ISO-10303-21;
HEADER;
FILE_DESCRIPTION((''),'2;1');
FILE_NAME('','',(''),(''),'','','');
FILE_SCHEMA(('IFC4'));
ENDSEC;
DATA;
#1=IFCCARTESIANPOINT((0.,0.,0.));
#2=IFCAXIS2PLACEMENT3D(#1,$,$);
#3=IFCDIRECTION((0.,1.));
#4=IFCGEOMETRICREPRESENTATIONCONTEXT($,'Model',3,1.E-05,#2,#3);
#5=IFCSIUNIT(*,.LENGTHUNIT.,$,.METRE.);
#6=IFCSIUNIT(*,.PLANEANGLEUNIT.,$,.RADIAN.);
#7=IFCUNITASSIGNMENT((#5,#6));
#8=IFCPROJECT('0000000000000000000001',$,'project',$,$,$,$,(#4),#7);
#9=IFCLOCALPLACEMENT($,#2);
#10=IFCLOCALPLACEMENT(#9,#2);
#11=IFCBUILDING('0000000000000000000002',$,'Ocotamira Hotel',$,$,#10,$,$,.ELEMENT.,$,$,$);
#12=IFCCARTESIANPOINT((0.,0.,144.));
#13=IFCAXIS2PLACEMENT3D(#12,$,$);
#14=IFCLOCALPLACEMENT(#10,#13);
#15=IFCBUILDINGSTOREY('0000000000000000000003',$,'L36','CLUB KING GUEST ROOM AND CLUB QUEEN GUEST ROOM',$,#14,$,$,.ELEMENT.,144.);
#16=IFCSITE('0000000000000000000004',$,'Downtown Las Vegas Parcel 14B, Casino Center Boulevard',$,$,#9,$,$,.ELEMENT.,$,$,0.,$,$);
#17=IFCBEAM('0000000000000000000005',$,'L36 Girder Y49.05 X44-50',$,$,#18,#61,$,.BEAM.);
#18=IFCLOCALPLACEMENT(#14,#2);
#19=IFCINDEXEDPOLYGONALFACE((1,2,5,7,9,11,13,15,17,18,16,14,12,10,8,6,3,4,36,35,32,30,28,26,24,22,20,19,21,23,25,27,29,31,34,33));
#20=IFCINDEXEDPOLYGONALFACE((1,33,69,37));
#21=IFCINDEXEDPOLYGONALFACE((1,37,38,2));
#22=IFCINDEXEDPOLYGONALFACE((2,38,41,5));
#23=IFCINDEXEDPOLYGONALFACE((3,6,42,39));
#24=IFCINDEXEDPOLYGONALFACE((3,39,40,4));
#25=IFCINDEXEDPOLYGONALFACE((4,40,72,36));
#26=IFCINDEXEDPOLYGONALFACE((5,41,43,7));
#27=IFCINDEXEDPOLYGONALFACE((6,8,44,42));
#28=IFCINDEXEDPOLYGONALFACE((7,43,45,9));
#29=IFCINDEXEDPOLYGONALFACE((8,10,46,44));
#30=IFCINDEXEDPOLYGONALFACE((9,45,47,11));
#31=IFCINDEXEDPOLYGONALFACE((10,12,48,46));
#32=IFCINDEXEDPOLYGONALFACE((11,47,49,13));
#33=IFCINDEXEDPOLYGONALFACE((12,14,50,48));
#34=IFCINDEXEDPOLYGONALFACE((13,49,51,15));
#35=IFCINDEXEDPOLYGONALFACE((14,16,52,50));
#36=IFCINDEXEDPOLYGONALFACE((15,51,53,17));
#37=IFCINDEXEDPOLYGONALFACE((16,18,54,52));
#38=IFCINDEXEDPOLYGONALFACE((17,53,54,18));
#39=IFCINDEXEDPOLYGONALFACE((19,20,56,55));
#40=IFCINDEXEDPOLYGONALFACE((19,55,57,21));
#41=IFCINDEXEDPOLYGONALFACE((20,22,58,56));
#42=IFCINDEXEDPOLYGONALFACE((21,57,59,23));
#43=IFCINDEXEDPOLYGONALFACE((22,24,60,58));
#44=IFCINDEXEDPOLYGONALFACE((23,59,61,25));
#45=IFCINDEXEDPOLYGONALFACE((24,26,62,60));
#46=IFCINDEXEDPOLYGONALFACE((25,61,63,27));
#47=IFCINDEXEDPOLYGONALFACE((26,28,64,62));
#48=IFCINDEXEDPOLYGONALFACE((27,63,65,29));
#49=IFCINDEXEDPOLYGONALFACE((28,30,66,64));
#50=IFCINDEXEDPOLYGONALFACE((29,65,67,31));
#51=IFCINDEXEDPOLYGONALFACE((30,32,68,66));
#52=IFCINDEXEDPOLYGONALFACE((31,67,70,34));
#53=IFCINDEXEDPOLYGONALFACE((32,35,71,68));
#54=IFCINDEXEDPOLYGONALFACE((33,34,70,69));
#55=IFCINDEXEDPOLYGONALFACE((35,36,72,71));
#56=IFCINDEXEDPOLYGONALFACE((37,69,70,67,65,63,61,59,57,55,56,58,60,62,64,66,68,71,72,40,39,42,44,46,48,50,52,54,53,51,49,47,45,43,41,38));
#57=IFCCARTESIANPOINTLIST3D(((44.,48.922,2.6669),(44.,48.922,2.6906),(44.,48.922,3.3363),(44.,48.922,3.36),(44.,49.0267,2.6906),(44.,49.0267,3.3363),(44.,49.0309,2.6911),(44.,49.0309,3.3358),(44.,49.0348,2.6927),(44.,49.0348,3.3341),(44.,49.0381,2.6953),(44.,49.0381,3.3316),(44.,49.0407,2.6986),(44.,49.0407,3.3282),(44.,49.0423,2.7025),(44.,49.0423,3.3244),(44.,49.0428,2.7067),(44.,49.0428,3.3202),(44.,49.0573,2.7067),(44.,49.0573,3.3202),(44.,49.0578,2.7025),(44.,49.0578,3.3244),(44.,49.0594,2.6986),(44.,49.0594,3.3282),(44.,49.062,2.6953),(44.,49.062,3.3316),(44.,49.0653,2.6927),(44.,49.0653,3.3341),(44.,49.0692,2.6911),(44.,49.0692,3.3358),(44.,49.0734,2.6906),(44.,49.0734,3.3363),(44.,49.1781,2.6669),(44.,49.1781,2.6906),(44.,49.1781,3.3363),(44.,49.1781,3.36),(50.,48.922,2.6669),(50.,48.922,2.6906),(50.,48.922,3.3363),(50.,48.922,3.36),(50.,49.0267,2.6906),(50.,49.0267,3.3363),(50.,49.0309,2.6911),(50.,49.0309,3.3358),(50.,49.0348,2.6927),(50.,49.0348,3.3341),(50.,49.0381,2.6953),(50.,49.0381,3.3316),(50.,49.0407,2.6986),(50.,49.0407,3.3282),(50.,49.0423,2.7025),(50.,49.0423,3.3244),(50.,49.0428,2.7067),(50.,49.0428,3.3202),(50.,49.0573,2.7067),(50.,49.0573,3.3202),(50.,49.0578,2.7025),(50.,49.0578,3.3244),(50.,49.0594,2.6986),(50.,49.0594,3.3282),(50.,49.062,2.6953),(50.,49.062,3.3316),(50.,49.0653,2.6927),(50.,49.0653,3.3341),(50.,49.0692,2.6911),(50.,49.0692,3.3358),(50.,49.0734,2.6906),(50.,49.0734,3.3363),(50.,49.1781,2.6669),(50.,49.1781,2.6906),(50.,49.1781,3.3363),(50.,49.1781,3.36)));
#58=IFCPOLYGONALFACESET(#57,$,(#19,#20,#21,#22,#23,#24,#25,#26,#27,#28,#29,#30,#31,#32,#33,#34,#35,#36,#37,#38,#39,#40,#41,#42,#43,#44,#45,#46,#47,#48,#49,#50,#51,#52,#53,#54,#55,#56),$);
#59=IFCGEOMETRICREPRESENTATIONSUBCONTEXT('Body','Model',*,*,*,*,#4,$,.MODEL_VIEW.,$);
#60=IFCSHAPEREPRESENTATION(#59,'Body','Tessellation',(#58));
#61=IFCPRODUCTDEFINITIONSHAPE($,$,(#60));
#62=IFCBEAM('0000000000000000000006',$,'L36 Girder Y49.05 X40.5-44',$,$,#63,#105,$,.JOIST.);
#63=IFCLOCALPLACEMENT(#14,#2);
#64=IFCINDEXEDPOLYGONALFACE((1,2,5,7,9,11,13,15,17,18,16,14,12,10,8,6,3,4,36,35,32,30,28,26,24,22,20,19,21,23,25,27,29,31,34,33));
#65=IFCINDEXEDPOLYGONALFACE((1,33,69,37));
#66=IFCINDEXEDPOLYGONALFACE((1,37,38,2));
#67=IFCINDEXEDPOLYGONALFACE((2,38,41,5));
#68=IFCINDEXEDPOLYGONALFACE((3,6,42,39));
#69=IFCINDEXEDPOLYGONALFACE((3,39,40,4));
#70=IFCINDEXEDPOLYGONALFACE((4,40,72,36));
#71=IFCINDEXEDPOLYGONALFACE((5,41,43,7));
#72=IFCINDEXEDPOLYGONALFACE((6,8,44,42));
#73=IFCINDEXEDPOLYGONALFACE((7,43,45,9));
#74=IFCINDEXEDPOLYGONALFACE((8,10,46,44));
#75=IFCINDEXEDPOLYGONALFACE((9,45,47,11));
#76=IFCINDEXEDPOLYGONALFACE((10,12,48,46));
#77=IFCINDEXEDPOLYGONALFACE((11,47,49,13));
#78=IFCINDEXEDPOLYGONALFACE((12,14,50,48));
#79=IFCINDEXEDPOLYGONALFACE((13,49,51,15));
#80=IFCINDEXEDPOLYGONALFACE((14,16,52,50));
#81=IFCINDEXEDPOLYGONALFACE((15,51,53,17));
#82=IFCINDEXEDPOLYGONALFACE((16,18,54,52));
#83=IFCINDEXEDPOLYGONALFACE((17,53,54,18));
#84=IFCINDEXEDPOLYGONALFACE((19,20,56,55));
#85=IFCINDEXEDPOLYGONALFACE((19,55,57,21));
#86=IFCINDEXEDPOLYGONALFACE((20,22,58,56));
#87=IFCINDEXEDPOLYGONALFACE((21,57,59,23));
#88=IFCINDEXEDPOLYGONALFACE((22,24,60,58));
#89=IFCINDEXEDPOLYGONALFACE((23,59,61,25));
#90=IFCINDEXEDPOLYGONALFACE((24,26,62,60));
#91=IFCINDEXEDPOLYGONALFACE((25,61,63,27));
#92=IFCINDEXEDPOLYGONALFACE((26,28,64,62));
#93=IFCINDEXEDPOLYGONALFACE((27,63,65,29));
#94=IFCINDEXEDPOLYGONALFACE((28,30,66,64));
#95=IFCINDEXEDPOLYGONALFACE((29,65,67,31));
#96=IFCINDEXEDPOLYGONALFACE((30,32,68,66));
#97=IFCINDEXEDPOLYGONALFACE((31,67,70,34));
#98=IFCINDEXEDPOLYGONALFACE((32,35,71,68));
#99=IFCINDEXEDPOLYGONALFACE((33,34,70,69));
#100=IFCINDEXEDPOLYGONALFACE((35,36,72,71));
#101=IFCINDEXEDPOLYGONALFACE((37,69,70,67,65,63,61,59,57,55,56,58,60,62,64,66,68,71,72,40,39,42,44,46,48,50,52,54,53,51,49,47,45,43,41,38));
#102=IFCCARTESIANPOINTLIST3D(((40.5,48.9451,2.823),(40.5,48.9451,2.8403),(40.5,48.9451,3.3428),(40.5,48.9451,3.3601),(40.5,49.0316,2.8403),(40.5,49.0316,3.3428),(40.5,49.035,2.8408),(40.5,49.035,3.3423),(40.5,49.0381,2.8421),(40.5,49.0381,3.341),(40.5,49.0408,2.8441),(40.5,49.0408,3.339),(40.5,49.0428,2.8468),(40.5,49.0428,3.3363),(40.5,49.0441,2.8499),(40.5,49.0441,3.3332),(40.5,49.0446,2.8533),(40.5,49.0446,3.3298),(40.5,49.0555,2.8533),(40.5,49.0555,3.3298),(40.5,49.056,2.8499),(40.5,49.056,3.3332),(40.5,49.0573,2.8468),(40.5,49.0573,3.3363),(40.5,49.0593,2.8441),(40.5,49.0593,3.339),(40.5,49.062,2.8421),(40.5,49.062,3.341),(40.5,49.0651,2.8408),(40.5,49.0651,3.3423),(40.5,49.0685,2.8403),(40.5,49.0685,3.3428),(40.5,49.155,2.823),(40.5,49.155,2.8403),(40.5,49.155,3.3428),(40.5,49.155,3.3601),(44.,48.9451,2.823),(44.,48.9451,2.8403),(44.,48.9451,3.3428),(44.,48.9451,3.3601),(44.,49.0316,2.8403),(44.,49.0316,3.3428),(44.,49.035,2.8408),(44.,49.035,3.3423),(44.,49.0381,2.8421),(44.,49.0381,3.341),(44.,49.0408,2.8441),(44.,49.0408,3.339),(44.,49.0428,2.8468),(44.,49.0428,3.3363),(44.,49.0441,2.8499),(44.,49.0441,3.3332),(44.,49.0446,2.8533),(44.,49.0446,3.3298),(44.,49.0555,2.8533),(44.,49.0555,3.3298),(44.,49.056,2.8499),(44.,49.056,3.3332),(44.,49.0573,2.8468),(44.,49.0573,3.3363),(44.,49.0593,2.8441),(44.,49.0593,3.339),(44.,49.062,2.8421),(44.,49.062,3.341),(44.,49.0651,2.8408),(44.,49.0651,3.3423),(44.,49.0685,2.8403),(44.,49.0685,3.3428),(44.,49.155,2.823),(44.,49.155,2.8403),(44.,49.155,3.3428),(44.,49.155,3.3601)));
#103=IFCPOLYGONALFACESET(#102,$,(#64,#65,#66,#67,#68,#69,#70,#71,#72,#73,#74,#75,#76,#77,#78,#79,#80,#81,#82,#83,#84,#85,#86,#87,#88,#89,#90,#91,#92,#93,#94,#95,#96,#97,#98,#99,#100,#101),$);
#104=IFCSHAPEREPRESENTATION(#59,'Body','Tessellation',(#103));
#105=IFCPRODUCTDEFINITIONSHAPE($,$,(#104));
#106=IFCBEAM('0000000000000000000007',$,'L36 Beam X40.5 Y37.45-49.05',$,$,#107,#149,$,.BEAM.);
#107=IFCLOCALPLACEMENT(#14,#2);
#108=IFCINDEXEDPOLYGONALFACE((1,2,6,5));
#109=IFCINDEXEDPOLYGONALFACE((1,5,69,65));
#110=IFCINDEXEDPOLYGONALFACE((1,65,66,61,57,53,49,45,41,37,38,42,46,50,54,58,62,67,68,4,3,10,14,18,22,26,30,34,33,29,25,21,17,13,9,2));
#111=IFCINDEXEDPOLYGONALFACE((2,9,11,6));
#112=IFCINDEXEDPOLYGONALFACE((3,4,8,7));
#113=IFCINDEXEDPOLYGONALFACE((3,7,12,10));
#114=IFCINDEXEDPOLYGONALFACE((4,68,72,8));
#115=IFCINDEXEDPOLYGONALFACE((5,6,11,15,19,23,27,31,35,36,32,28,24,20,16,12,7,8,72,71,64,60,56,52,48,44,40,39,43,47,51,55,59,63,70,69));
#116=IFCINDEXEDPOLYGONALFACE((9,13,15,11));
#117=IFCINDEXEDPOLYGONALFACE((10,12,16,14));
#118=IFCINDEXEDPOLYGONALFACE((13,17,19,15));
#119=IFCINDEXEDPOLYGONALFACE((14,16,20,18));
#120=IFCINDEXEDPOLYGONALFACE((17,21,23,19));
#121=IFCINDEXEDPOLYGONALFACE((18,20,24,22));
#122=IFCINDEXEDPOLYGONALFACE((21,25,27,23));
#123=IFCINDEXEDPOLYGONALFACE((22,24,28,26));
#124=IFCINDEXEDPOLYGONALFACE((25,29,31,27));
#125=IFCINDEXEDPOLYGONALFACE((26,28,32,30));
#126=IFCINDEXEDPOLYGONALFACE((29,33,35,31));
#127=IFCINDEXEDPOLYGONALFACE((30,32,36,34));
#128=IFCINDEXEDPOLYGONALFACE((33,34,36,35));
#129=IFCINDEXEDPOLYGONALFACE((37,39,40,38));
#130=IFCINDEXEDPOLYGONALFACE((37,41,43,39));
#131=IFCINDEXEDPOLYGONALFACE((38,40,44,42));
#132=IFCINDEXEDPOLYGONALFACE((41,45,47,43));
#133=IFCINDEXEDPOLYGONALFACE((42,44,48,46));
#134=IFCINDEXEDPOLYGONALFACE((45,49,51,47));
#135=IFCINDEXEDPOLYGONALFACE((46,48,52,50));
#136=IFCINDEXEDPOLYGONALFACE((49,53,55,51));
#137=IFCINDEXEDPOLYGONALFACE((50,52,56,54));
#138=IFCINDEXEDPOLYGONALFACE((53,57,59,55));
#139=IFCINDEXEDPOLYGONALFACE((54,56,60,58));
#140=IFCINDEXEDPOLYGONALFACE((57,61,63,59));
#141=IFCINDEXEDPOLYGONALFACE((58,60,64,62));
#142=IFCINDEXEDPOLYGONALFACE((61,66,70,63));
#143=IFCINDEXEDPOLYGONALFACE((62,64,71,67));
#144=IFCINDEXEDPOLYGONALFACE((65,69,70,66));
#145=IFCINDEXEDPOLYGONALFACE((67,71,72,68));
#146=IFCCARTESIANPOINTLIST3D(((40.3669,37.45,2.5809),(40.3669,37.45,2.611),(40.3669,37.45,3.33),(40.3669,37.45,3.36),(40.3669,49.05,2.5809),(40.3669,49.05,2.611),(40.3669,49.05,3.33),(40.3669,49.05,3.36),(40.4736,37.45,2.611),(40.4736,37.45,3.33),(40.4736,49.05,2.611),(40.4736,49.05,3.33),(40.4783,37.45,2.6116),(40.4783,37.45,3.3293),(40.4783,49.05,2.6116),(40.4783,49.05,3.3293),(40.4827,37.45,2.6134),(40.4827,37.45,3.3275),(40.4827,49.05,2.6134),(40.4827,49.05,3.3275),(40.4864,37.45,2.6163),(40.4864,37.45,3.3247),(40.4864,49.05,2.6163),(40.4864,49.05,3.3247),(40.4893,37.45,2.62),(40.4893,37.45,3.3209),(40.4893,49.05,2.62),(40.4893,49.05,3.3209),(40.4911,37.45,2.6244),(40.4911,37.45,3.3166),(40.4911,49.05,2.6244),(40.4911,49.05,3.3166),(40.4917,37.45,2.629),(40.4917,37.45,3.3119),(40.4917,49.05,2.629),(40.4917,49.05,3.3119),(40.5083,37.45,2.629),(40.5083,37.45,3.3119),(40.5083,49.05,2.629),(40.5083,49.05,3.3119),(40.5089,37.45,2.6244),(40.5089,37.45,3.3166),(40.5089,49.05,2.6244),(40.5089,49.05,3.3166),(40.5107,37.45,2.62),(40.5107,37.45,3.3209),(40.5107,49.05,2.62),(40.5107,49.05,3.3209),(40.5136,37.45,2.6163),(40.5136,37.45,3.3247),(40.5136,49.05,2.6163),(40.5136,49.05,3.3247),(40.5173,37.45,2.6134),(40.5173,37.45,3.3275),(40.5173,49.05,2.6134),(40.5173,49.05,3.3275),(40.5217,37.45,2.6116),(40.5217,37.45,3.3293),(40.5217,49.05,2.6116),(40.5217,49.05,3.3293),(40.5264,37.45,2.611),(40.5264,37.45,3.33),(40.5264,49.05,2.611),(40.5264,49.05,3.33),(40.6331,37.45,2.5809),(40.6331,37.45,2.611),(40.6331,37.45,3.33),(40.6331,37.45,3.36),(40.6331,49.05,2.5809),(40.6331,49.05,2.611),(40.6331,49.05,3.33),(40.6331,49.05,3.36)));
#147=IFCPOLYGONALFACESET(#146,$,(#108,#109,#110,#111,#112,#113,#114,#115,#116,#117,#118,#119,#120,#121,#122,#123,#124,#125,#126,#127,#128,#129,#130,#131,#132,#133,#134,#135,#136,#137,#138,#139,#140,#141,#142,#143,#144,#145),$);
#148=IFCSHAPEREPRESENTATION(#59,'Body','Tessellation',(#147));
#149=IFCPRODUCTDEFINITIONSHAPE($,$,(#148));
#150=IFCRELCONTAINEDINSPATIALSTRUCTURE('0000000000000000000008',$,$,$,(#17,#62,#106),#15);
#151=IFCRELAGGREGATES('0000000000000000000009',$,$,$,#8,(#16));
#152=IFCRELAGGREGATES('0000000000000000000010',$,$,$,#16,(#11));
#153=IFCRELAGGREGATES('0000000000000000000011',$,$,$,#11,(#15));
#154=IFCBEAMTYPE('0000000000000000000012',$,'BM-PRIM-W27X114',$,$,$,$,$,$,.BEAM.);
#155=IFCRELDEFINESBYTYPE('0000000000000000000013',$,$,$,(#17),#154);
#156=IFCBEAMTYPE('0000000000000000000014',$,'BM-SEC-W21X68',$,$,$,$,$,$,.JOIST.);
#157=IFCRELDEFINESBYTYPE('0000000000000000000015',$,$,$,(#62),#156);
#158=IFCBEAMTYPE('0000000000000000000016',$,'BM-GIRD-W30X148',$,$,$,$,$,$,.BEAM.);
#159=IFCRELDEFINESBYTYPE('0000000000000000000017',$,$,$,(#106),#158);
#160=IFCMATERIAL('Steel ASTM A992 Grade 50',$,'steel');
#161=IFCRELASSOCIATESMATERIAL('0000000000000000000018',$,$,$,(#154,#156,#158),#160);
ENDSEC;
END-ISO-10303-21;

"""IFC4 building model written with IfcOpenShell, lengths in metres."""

from ifc_helpers import new_model, si_unit, direction, frame, origin, origin_2d, place, context, subcontext, project, spatial, i_section, extrude, source, transform, mapped, material, material_profile, profile_set, type_object, element, save


model = new_model("IFC4")

# Units and contexts
model_context = context("Model", 3, precision=1e-05, world=origin(), true_north=direction((0.0, 1.0)))
body_context = subcontext(model_context, "Body", "Model", "MODEL_VIEW")
ifc_project = project(units=[si_unit("LENGTHUNIT", "METRE"), si_unit("PLANEANGLEUNIT", "RADIAN")], contexts=[model_context])

# Site, building, storey
site_placement = place(None, origin())
site = spatial("IfcSite", under=ifc_project, at=site_placement, Name="Downtown Las Vegas Parcel 14B, Casino Center Boulevard", CompositionType="ELEMENT", RefElevation=0.0)
building_placement = place(site_placement, origin())
building = spatial("IfcBuilding", under=site, at=building_placement, Name="Ocotamira Hotel", CompositionType="ELEMENT")
storey_placement = place(building_placement, frame((0.0, 0.0, 144.0)))
storey = spatial("IfcBuildingStorey", under=building, at=storey_placement, Name="L36", Description="CLUB KING GUEST ROOM AND CLUB QUEEN GUEST ROOM", CompositionType="ELEMENT", Elevation=144.0)

# Beams
ifc_material_1 = material(Name="Steel ASTM A992 Grade 50", Category="steel")
ifc_material_profile_1 = material_profile(ifc_material_1, i_section(OverallWidth=0.2561, OverallDepth=0.6931, WebThickness=0.0144, FlangeThickness=0.0237, FilletRadius=0.0161, at=origin_2d()), Name="W27X114")
ifc_profile_set_1 = profile_set([ifc_material_profile_1], Name="Steel ASTM A992 Grade 50")
beam_type_1 = type_object("IfcBeamType", Name="BM-PRIM-W27X114", PredefinedType="BEAM", material=ifc_profile_set_1)
shared_shape_1 = source(origin(), body_context, "Body", "SweptSolid", [
    extrude(i_section(OverallWidth=0.2561, OverallDepth=0.6931, WebThickness=0.0144, FlangeThickness=0.0237, FilletRadius=0.0161, at=origin_2d()), origin(), (0.0, 0.0, 1.0), 6.0),
])
beam_1_placement = place(storey_placement, frame((44.0, 49.05, 3.0134), z_axis=(1.0, 0.0, 0.0), x_axis=(0.0, 1.0, 0.0)))
element("IfcBeam", 1, at=beam_1_placement, inside=storey, type_object=beam_type_1, Name="L36 Girder Y49.05 X44-50", PredefinedType="BEAM", context=body_context, shape_type="MappedRepresentation", body=[
    mapped(shared_shape_1, transform((0.0, 0.0, 0.0), scale=1.0)),
])
ifc_material_profile_2 = material_profile(ifc_material_1, i_section(OverallWidth=0.21, OverallDepth=0.5371, WebThickness=0.011, FlangeThickness=0.0173, FilletRadius=0.0129, at=origin_2d()), Name="W21X68")
ifc_profile_set_2 = profile_set([ifc_material_profile_2], Name="Steel ASTM A992 Grade 50")
beam_type_2 = type_object("IfcBeamType", Name="BM-SEC-W21X68", PredefinedType="JOIST", material=ifc_profile_set_2)
shared_shape_2 = source(origin(), body_context, "Body", "SweptSolid", [
    extrude(i_section(OverallWidth=0.21, OverallDepth=0.5371, WebThickness=0.011, FlangeThickness=0.0173, FilletRadius=0.0129, at=origin_2d()), origin(), (0.0, 0.0, 1.0), 3.5),
])
beam_2_placement = place(storey_placement, frame((40.5, 49.05, 3.0916), z_axis=(1.0, 0.0, 0.0), x_axis=(0.0, 1.0, 0.0)))
element("IfcBeam", 2, at=beam_2_placement, inside=storey, type_object=beam_type_2, Name="L36 Girder Y49.05 X40.5-44", PredefinedType="JOIST", context=body_context, shape_type="MappedRepresentation", body=[
    mapped(shared_shape_2, transform((0.0, 0.0, 0.0), scale=1.0)),
])
ifc_material_profile_3 = material_profile(ifc_material_1, i_section(OverallWidth=0.2661, OverallDepth=0.7791, WebThickness=0.0166, FlangeThickness=0.03, FilletRadius=0.0181, at=origin_2d()), Name="W30X148")
ifc_profile_set_3 = profile_set([ifc_material_profile_3], Name="Steel ASTM A992 Grade 50")
beam_type_3 = type_object("IfcBeamType", Name="BM-GIRD-W30X148", PredefinedType="BEAM", material=ifc_profile_set_3)
shared_shape_3 = source(origin(), body_context, "Body", "SweptSolid", [
    extrude(i_section(OverallWidth=0.2661, OverallDepth=0.7791, WebThickness=0.0166, FlangeThickness=0.03, FilletRadius=0.0181, at=origin_2d()), origin(), (0.0, 0.0, 1.0), 11.6001),
])
beam_3_placement = place(storey_placement, frame((40.5, 37.45, 2.9705), z_axis=(0.0, 1.0, 0.0), x_axis=(-1.0, 0.0, 0.0)))
element("IfcBeam", 3, at=beam_3_placement, inside=storey, type_object=beam_type_3, Name="L36 Beam X40.5 Y37.45-49.05", PredefinedType="BEAM", context=body_context, shape_type="MappedRepresentation", body=[
    mapped(shared_shape_3, transform((0.0, 0.0, 0.0), scale=1.0)),
])

save(model, "model.ifc")
